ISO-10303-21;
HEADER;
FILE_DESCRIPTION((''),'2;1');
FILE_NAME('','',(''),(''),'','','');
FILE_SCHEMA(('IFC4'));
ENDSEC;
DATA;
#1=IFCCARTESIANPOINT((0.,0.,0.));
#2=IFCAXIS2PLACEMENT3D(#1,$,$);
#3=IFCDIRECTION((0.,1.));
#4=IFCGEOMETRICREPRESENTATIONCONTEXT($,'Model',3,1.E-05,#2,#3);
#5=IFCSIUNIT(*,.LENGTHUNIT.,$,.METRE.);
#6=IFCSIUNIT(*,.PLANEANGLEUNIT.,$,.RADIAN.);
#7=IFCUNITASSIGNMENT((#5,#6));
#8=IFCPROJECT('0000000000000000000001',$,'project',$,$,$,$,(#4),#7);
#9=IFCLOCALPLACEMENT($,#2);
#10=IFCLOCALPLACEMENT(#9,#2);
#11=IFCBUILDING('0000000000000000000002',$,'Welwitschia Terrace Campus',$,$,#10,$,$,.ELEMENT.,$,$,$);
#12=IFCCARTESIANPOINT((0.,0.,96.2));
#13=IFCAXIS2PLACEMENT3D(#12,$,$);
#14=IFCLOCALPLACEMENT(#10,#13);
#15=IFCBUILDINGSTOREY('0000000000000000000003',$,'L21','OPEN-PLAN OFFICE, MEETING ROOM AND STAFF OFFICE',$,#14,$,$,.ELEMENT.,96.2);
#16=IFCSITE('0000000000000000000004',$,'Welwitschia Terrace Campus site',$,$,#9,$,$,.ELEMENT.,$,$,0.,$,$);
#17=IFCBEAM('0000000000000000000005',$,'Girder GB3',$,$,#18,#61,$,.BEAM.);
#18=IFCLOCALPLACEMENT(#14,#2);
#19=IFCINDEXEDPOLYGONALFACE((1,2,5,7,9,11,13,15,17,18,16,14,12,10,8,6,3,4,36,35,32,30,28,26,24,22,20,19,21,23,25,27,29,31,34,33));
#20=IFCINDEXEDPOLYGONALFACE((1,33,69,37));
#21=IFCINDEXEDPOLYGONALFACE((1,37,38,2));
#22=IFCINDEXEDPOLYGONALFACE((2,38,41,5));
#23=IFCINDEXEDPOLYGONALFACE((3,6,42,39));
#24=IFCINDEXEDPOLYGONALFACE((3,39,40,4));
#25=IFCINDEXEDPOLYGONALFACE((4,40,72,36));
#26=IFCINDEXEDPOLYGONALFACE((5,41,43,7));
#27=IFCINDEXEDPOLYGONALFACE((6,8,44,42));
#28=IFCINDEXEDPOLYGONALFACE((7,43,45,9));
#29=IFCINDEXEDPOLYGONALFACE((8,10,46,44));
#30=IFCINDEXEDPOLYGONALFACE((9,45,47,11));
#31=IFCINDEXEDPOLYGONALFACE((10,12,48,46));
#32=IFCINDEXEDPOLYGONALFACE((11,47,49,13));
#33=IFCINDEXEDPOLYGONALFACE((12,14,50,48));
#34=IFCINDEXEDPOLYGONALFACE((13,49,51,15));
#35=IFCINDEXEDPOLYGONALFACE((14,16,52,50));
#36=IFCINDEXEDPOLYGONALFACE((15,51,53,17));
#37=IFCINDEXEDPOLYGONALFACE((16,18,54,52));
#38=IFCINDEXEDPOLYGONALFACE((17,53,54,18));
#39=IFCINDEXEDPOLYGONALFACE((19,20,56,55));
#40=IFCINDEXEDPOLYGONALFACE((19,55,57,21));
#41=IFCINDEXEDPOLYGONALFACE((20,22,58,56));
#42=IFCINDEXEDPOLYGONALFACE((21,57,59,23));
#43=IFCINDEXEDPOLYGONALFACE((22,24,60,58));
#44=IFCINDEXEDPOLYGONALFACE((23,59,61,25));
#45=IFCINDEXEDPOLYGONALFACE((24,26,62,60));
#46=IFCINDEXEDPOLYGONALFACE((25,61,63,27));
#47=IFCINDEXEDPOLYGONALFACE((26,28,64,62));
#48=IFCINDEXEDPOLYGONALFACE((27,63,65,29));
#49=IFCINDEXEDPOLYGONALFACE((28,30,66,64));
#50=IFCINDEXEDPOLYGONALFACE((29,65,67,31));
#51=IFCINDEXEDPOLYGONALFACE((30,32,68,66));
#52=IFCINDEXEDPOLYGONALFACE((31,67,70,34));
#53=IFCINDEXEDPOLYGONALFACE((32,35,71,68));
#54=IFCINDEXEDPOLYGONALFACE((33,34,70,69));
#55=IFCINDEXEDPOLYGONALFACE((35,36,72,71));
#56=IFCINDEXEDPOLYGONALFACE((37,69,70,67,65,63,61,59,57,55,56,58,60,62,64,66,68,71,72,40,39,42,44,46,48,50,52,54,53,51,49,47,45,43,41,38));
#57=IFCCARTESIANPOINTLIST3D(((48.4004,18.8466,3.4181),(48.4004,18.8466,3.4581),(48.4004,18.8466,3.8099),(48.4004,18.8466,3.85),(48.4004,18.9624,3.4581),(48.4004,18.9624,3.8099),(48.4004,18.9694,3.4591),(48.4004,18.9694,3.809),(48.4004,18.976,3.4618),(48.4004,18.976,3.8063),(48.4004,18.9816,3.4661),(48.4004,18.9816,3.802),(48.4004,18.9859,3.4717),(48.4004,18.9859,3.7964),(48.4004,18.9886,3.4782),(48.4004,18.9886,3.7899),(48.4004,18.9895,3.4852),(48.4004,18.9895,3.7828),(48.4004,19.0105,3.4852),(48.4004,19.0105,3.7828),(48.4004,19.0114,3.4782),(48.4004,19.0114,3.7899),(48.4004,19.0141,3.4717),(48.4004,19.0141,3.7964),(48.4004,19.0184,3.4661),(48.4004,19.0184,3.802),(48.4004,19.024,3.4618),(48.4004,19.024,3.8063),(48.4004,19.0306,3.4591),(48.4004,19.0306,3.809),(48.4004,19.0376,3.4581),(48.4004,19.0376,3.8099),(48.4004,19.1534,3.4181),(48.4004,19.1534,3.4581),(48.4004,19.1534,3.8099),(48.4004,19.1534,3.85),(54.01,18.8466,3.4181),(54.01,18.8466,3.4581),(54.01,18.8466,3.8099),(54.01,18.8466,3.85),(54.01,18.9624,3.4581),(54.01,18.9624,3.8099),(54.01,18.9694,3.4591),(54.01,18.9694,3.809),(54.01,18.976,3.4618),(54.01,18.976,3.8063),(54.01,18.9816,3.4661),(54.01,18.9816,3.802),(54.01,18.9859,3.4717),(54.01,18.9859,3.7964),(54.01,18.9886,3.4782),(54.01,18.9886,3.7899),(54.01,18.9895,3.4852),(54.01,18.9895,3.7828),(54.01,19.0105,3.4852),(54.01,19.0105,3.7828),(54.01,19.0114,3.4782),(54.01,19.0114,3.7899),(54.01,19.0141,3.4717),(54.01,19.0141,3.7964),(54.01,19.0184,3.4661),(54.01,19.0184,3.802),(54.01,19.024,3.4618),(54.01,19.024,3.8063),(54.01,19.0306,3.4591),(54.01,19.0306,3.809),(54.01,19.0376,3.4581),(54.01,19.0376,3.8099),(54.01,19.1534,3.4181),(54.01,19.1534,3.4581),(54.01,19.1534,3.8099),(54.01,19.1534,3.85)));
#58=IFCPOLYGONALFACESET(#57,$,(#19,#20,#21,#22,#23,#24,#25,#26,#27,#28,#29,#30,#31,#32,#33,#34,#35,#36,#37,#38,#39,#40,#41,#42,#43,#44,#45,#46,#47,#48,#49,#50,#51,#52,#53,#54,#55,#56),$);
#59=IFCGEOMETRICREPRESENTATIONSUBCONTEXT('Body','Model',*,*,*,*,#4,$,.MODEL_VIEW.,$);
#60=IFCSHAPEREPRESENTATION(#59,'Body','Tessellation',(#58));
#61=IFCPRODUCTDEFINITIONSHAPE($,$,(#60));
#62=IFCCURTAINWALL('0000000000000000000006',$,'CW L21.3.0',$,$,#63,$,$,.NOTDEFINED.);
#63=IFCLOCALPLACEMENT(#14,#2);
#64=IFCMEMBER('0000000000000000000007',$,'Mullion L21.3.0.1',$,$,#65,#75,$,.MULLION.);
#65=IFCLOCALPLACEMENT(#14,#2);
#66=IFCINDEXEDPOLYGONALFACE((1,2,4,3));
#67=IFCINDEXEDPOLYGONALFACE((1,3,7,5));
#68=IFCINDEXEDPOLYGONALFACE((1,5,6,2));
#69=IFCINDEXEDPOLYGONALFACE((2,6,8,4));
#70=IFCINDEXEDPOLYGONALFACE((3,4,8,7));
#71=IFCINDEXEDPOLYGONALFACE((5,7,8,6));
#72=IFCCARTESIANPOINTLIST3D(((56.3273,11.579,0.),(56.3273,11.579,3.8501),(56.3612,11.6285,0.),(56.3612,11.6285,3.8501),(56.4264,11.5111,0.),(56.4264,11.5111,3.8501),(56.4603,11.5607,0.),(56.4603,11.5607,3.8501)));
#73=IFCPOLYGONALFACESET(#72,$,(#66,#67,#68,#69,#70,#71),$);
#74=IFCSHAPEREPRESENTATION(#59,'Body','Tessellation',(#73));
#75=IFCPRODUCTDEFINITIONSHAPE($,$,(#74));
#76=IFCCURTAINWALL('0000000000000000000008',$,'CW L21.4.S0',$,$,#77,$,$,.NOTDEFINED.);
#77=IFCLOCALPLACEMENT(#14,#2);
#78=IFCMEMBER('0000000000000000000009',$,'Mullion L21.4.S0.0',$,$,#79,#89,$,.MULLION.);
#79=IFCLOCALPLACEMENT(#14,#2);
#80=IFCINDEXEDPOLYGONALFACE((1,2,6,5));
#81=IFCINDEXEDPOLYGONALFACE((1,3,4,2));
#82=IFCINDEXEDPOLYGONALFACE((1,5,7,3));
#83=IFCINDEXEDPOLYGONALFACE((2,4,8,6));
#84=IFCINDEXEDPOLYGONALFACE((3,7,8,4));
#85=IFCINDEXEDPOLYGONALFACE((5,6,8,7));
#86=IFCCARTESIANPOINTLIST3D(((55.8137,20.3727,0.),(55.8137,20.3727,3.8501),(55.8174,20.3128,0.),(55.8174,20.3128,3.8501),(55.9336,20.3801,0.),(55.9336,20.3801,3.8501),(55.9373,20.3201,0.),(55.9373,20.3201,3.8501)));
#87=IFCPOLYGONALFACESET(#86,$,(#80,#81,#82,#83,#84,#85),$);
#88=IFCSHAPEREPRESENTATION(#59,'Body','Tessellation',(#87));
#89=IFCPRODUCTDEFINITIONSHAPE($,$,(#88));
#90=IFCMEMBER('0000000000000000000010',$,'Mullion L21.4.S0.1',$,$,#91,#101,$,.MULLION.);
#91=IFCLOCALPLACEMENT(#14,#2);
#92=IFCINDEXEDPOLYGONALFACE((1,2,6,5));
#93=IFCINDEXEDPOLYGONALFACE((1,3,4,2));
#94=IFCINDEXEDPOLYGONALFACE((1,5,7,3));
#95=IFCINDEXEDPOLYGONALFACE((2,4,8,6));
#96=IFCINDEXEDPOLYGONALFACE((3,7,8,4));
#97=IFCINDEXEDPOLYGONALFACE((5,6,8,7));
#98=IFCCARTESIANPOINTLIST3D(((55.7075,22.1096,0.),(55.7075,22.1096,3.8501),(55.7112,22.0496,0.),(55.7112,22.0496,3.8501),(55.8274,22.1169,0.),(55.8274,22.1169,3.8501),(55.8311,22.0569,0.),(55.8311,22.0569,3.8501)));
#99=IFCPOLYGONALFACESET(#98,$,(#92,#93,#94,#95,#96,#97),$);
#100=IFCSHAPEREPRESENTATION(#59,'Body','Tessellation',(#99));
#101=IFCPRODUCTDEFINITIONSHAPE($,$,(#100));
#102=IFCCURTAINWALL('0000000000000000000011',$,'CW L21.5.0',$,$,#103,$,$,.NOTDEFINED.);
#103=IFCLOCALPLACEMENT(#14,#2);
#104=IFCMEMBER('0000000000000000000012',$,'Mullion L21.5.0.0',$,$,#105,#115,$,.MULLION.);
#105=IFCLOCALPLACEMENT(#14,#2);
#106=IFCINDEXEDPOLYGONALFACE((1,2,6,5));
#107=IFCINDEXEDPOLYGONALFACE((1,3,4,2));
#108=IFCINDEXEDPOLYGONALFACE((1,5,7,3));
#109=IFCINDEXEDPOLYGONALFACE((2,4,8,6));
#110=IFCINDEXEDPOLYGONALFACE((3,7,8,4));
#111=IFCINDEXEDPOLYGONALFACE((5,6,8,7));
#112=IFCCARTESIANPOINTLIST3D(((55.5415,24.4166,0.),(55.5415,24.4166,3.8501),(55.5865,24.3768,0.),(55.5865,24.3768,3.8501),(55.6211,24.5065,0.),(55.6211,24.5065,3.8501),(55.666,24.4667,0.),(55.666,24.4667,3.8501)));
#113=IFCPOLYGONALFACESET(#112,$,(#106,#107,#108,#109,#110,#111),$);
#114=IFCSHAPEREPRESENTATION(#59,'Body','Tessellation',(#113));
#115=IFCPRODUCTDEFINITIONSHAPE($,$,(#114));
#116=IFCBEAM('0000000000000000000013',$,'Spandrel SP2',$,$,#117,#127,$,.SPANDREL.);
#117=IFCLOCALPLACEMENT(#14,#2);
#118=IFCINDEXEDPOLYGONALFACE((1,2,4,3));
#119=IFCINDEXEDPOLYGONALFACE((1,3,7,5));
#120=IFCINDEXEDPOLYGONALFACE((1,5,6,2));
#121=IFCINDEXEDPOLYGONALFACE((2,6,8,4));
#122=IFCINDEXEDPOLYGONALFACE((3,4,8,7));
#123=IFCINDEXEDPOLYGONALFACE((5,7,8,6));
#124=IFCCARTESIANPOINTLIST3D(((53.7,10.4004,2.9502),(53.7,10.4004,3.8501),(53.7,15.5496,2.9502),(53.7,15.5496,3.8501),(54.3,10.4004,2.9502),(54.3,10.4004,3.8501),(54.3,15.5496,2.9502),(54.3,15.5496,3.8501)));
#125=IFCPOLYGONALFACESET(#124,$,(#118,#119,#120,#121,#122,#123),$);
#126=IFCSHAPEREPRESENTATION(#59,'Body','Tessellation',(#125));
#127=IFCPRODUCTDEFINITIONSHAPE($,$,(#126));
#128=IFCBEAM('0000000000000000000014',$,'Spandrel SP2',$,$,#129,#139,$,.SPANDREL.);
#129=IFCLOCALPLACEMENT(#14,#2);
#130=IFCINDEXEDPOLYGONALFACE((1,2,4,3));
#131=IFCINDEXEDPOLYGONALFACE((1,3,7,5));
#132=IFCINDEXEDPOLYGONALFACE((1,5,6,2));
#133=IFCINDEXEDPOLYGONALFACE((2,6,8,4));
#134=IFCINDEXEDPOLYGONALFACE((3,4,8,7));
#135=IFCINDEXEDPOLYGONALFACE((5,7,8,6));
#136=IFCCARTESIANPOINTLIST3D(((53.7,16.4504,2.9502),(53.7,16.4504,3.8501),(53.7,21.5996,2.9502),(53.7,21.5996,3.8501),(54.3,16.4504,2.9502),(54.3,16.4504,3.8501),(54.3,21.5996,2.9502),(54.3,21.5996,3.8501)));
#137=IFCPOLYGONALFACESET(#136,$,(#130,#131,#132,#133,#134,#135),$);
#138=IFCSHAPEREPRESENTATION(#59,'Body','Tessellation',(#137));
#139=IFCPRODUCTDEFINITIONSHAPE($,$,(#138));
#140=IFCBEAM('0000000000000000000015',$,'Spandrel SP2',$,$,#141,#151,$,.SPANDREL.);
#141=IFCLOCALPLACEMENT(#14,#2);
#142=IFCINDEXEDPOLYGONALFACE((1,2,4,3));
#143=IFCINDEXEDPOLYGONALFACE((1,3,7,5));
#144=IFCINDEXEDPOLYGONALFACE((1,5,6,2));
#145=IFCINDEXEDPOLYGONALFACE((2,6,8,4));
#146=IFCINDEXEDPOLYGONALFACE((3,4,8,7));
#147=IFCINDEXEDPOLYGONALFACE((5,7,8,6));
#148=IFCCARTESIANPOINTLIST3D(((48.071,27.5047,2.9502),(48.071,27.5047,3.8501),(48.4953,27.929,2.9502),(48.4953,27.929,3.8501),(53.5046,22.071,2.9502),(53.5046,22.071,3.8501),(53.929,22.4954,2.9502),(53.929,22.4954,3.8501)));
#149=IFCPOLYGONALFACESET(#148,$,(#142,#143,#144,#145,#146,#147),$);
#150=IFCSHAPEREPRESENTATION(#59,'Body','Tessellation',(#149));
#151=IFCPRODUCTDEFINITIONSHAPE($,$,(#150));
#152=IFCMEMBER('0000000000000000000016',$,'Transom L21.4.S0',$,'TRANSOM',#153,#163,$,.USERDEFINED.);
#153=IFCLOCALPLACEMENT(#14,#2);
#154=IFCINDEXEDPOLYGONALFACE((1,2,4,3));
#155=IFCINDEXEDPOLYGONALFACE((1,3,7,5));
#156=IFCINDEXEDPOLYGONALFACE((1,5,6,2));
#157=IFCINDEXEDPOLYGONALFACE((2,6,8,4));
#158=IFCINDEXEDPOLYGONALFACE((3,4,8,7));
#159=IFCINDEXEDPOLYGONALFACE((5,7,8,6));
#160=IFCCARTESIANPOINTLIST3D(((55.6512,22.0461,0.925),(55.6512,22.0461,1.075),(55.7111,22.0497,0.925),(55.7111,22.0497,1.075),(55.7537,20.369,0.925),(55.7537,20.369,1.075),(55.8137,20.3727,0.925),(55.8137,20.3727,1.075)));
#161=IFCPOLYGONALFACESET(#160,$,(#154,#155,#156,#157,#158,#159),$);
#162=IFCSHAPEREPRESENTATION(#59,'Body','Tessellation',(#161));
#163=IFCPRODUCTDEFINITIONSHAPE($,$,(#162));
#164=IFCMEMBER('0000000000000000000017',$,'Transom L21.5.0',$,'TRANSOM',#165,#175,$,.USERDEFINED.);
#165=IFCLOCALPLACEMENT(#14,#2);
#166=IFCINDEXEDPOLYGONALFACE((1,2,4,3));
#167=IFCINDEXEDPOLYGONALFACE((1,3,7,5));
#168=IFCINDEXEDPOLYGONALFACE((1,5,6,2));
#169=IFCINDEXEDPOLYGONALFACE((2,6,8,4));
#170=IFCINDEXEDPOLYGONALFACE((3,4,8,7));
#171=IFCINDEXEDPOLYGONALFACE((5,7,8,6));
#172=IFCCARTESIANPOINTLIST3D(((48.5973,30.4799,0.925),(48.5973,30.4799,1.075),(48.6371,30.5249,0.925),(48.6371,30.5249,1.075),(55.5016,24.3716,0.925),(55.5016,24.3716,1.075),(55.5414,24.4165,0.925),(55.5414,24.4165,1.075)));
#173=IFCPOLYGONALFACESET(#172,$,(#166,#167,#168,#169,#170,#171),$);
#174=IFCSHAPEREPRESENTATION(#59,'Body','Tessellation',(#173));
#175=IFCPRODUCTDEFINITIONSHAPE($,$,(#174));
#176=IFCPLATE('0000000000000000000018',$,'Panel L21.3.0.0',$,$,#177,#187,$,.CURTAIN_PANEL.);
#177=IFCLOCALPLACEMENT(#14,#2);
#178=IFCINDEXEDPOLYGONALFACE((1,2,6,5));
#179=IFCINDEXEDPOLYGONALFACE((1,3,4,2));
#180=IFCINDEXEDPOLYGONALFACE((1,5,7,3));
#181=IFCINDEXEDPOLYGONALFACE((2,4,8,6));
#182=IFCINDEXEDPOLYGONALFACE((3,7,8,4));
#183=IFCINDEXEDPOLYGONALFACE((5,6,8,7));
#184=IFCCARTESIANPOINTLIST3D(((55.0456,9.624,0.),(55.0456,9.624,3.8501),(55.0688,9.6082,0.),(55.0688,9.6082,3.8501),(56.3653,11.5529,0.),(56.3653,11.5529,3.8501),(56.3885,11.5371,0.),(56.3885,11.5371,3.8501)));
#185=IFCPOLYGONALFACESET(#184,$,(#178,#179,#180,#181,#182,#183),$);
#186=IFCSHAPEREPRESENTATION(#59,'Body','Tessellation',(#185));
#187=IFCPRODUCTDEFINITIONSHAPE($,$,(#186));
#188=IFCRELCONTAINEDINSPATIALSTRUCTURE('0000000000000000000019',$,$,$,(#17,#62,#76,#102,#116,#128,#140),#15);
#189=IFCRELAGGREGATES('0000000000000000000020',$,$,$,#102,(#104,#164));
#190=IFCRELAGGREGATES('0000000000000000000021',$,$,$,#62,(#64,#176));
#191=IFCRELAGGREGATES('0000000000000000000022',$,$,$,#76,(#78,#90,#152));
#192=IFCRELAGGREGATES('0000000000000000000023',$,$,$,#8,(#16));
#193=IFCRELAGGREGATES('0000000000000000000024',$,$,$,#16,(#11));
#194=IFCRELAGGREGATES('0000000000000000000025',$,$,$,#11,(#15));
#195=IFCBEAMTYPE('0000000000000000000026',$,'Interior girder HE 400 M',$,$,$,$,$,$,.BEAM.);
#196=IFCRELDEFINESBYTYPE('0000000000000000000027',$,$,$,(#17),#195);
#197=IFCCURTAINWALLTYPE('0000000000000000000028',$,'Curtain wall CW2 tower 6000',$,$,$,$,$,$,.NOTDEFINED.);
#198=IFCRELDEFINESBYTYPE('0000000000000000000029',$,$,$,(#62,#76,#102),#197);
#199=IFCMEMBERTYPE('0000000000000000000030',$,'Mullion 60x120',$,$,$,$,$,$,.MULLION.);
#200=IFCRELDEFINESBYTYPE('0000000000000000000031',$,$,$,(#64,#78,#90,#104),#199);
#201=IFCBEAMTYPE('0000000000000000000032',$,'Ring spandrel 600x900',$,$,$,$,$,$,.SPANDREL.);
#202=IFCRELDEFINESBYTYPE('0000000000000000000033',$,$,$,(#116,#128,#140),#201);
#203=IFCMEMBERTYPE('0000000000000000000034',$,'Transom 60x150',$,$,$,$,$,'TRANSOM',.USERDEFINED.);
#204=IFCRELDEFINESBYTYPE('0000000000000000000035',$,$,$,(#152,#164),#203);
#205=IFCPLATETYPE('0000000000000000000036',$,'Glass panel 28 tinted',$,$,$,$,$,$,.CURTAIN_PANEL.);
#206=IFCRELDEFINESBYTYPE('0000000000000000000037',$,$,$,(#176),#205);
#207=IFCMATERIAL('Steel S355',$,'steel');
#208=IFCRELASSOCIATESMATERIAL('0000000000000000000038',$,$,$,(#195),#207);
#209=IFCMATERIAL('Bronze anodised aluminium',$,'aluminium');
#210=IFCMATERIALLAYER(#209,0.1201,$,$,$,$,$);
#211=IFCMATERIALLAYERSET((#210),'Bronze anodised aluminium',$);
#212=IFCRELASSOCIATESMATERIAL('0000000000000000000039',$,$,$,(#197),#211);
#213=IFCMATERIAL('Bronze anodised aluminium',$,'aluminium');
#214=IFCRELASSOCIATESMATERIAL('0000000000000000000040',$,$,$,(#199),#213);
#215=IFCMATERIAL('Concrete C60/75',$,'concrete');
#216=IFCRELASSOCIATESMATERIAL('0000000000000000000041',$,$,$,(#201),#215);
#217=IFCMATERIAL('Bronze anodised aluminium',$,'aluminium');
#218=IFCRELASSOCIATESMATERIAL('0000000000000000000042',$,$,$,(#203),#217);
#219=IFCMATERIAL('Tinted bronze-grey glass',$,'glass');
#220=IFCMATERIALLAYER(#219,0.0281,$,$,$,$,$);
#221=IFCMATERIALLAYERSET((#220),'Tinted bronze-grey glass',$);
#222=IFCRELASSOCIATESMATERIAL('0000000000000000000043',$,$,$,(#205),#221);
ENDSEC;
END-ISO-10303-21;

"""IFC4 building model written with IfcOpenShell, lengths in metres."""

from ifc_helpers import new_model, si_unit, direction, frame, origin, origin_2d, place, context, subcontext, project, spatial, rectangle, i_section, extrude, material, layer, layer_set, material_profile, profile_set, type_object, element, aggregate, save


model = new_model("IFC4")

# Units and contexts
model_context = context("Model", 3, precision=1e-05, world=origin(), true_north=direction((0.0, 1.0)))
body_context = subcontext(model_context, "Body", "Model", "MODEL_VIEW")
ifc_project = project(units=[si_unit("LENGTHUNIT", "METRE"), si_unit("PLANEANGLEUNIT", "RADIAN")], contexts=[model_context])

# Site, building, storey
site_placement = place(None, origin())
site = spatial("IfcSite", under=ifc_project, at=site_placement, Name="Welwitschia Terrace Campus site", CompositionType="ELEMENT", RefElevation=0.0)
building_placement = place(site_placement, origin())
building = spatial("IfcBuilding", under=site, at=building_placement, Name="Welwitschia Terrace Campus", CompositionType="ELEMENT")
storey_placement = place(building_placement, frame((0.0, 0.0, 96.2)))
storey = spatial("IfcBuildingStorey", under=building, at=storey_placement, Name="L21", Description="OPEN-PLAN OFFICE, MEETING ROOM AND STAFF OFFICE", CompositionType="ELEMENT", Elevation=96.2)

# Beam
ifc_material_1 = material(Name="Steel S355", Category="steel")
ifc_material_profile_1 = material_profile(ifc_material_1, i_section(OverallWidth=0.3069, OverallDepth=0.4319, WebThickness=0.021, FlangeThickness=0.04, FilletRadius=0.0271, at=origin_2d()))
ifc_profile_set_1 = profile_set([ifc_material_profile_1], Name="Steel S355")
beam_type_1 = type_object("IfcBeamType", Name="Interior girder HE 400 M", PredefinedType="BEAM", material=ifc_profile_set_1)
for number, where, z_axis, x_axis, name in (
    (1, (48.4004, 19.0, 3.634), (1.0, 0.0, 0.0), (0.0, 1.0, 0.0), "Girder GB3"),
):
    element("IfcBeam", number, at=place(storey_placement, frame(where, z_axis=z_axis, x_axis=x_axis)), inside=storey, type_object=beam_type_1, Name=name, PredefinedType="BEAM", context=body_context, shape_type="SweptSolid", body=[
        extrude(i_section(OverallWidth=0.3069, OverallDepth=0.4319, WebThickness=0.021, FlangeThickness=0.04, FilletRadius=0.0271, at=origin_2d()), origin(), (0.0, 0.0, 1.0), 5.6096),
    ])

# Curtain wall, member
ifc_material_2 = material(Name="Bronze anodised aluminium", Category="aluminium")
ifc_layer_1 = layer(ifc_material_2, 0.1201)
ifc_layer_set_1 = layer_set([ifc_layer_1], Name="Bronze anodised aluminium")
curtain_wall_type = type_object("IfcCurtainWallType", Name="Curtain wall CW2 tower 6000", PredefinedType="NOTDEFINED", material=ifc_layer_set_1)
curtain_wall_1_placement = place(storey_placement, origin())
curtain_wall_1 = element("IfcCurtainWall", 2, at=curtain_wall_1_placement, inside=storey, type_object=curtain_wall_type, Name="CW L21.3.0", PredefinedType="NOTDEFINED")
ifc_material_3 = material(Name="Bronze anodised aluminium", Category="aluminium")
ifc_material_profile_2 = material_profile(ifc_material_3, rectangle(XDim=0.1201, YDim=0.0601, at=origin_2d()))
ifc_profile_set_2 = profile_set([ifc_material_profile_2], Name="Bronze anodised aluminium")
member_type_1 = type_object("IfcMemberType", Name="Mullion 60x120", PredefinedType="MULLION", material=ifc_profile_set_2)
member_1_placement = place(storey_placement, frame((56.3938, 11.5698, 0.0), z_axis=(0.0, 0.0, 1.0), x_axis=(-0.825316, 0.564671, 0.0)))
member_1 = element("IfcMember", 3, at=member_1_placement, type_object=member_type_1, Name="Mullion L21.3.0.1", PredefinedType="MULLION", context=body_context, shape_type="SweptSolid", body=[
    extrude(rectangle(XDim=0.1201, YDim=0.0601, at=origin_2d()), origin(), (0.0, 0.0, 1.0), 3.8501),
])

# Curtain wall, members
curtain_wall_2_placement = place(storey_placement, origin())
curtain_wall_2 = element("IfcCurtainWall", 4, at=curtain_wall_2_placement, inside=storey, type_object=curtain_wall_type, Name="CW L21.4.S0", PredefinedType="NOTDEFINED")
member_2_placement = place(storey_placement, frame((55.8755, 20.3464, 0.0), z_axis=(0.0, 0.0, 1.0), x_axis=(-0.998135, -0.061049, 0.0)))
member_2 = element("IfcMember", 5, at=member_2_placement, type_object=member_type_1, Name="Mullion L21.4.S0.0", PredefinedType="MULLION", context=body_context, shape_type="SweptSolid", body=[
    extrude(rectangle(XDim=0.1201, YDim=0.0601, at=origin_2d()), origin(), (0.0, 0.0, 1.0), 3.8501),
])
member_3_placement = place(storey_placement, frame((55.7693, 22.0833, 0.0), z_axis=(0.0, 0.0, 1.0), x_axis=(-0.998135, -0.061049, 0.0)))
member_3 = element("IfcMember", 6, at=member_3_placement, type_object=member_type_1, Name="Mullion L21.4.S0.1", PredefinedType="MULLION", context=body_context, shape_type="SweptSolid", body=[
    extrude(rectangle(XDim=0.1201, YDim=0.0601, at=origin_2d()), origin(), (0.0, 0.0, 1.0), 3.8501),
])

# Curtain wall, member
curtain_wall_3_placement = place(storey_placement, origin())
curtain_wall_3 = element("IfcCurtainWall", 7, at=curtain_wall_3_placement, inside=storey, type_object=curtain_wall_type, Name="CW L21.5.0", PredefinedType="NOTDEFINED")
member_4_placement = place(storey_placement, frame((55.6038, 24.4417, 0.0), z_axis=(0.0, 0.0, 1.0), x_axis=(-0.66262, -0.748956, 0.0)))
member_4 = element("IfcMember", 8, at=member_4_placement, type_object=member_type_1, Name="Mullion L21.5.0.0", PredefinedType="MULLION", context=body_context, shape_type="SweptSolid", body=[
    extrude(rectangle(XDim=0.1201, YDim=0.0601, at=origin_2d()), origin(), (0.0, 0.0, 1.0), 3.8501),
])

# Beams
ifc_material_4 = material(Name="Concrete C60/75", Category="concrete")
ifc_material_profile_3 = material_profile(ifc_material_4, rectangle(XDim=0.6001, YDim=0.8999, at=origin_2d()))
ifc_profile_set_3 = profile_set([ifc_material_profile_3], Name="Concrete C60/75")
beam_type_2 = type_object("IfcBeamType", Name="Ring spandrel 600x900", PredefinedType="SPANDREL", material=ifc_profile_set_3)
for number, where, z_axis, x_axis, name in (
    (9, (54.0, 10.4004, 3.4001), (0.0, 1.0, 0.0), (-1.0, 0.0, 0.0), "Spandrel SP2"),
    (10, (54.0, 16.4504, 3.4001), (0.0, 1.0, 0.0), (-1.0, 0.0, 0.0), "Spandrel SP2"),
):
    element("IfcBeam", number, at=place(storey_placement, frame(where, z_axis=z_axis, x_axis=x_axis)), inside=storey, type_object=beam_type_2, Name=name, PredefinedType="SPANDREL", context=body_context, shape_type="SweptSolid", body=[
        extrude(rectangle(XDim=0.6001, YDim=0.8999, at=origin_2d()), origin(), (0.0, 0.0, 1.0), 5.1492),
    ])
beam_placement = place(storey_placement, frame((53.7168, 22.2832, 3.4001), z_axis=(-0.707107, 0.707107, 0.0), x_axis=(-0.707107, -0.707107, 0.0)))
element("IfcBeam", 11, at=beam_placement, inside=storey, type_object=beam_type_2, Name="Spandrel SP2", PredefinedType="SPANDREL", context=body_context, shape_type="SweptSolid", body=[
    extrude(rectangle(XDim=0.6001, YDim=0.8999, at=origin_2d()), origin(), (0.0, 0.0, 1.0), 7.6843),
])

# Members
ifc_material_5 = material(Name="Bronze anodised aluminium", Category="aluminium")
ifc_material_profile_4 = material_profile(ifc_material_5, rectangle(XDim=0.0601, YDim=0.1499, at=origin_2d()))
ifc_profile_set_4 = profile_set([ifc_material_profile_4], Name="Bronze anodised aluminium")
member_type_2 = type_object("IfcMemberType", Name="Transom 60x150", ElementType="TRANSOM", PredefinedType="USERDEFINED", material=ifc_profile_set_4)
member_5_placement = place(storey_placement, frame((55.7837, 20.3708, 1.0), z_axis=(-0.06103, 0.998136, 0.0), x_axis=(-0.998136, -0.06103, 0.0)))
member_5 = element("IfcMember", 12, at=member_5_placement, type_object=member_type_2, Name="Transom L21.4.S0", ObjectType="TRANSOM", PredefinedType="USERDEFINED", context=body_context, shape_type="SweptSolid", body=[
    extrude(rectangle(XDim=0.0601, YDim=0.1499, at=origin_2d()), origin(), (0.0, 0.0, 1.0), 1.6802),
])
member_6_placement = place(storey_placement, frame((55.5215, 24.394, 1.0), z_axis=(-0.748956, 0.66262, 0.0), x_axis=(-0.66262, -0.748956, 0.0)))
member_6 = element("IfcMember", 13, at=member_6_placement, type_object=member_type_2, Name="Transom L21.5.0", ObjectType="TRANSOM", PredefinedType="USERDEFINED", context=body_context, shape_type="SweptSolid", body=[
    extrude(rectangle(XDim=0.0601, YDim=0.1499, at=origin_2d()), origin(), (0.0, 0.0, 1.0), 9.2185),
])
aggregate(curtain_wall_3, [member_4, member_6])

# Plate
ifc_material_6 = material(Name="Tinted bronze-grey glass", Category="glass")
ifc_layer_2 = layer(ifc_material_6, 0.0281)
ifc_layer_set_2 = layer_set([ifc_layer_2], Name="Tinted bronze-grey glass")
plate_type = type_object("IfcPlateType", Name="Glass panel 28 tinted", PredefinedType="CURTAIN_PANEL", material=ifc_layer_set_2)
plate_1_placement = place(storey_placement, frame((55.717, 10.5806, 0.0), z_axis=(0.0, 0.0, 1.0), x_axis=(0.564671, 0.825316, 0.0)))
plate_1 = element("IfcPlate", 14, at=plate_1_placement, type_object=plate_type, Name="Panel L21.3.0.0", PredefinedType="CURTAIN_PANEL", context=body_context, shape_type="SweptSolid", body=[
    extrude(rectangle(XDim=2.3372, YDim=0.0281, at=origin_2d()), origin(), (0.0, 0.0, 1.0), 3.8501),
])
aggregate(curtain_wall_1, [member_1, plate_1])
aggregate(curtain_wall_2, [member_2, member_3, member_5])

save(model, "model.ifc")
